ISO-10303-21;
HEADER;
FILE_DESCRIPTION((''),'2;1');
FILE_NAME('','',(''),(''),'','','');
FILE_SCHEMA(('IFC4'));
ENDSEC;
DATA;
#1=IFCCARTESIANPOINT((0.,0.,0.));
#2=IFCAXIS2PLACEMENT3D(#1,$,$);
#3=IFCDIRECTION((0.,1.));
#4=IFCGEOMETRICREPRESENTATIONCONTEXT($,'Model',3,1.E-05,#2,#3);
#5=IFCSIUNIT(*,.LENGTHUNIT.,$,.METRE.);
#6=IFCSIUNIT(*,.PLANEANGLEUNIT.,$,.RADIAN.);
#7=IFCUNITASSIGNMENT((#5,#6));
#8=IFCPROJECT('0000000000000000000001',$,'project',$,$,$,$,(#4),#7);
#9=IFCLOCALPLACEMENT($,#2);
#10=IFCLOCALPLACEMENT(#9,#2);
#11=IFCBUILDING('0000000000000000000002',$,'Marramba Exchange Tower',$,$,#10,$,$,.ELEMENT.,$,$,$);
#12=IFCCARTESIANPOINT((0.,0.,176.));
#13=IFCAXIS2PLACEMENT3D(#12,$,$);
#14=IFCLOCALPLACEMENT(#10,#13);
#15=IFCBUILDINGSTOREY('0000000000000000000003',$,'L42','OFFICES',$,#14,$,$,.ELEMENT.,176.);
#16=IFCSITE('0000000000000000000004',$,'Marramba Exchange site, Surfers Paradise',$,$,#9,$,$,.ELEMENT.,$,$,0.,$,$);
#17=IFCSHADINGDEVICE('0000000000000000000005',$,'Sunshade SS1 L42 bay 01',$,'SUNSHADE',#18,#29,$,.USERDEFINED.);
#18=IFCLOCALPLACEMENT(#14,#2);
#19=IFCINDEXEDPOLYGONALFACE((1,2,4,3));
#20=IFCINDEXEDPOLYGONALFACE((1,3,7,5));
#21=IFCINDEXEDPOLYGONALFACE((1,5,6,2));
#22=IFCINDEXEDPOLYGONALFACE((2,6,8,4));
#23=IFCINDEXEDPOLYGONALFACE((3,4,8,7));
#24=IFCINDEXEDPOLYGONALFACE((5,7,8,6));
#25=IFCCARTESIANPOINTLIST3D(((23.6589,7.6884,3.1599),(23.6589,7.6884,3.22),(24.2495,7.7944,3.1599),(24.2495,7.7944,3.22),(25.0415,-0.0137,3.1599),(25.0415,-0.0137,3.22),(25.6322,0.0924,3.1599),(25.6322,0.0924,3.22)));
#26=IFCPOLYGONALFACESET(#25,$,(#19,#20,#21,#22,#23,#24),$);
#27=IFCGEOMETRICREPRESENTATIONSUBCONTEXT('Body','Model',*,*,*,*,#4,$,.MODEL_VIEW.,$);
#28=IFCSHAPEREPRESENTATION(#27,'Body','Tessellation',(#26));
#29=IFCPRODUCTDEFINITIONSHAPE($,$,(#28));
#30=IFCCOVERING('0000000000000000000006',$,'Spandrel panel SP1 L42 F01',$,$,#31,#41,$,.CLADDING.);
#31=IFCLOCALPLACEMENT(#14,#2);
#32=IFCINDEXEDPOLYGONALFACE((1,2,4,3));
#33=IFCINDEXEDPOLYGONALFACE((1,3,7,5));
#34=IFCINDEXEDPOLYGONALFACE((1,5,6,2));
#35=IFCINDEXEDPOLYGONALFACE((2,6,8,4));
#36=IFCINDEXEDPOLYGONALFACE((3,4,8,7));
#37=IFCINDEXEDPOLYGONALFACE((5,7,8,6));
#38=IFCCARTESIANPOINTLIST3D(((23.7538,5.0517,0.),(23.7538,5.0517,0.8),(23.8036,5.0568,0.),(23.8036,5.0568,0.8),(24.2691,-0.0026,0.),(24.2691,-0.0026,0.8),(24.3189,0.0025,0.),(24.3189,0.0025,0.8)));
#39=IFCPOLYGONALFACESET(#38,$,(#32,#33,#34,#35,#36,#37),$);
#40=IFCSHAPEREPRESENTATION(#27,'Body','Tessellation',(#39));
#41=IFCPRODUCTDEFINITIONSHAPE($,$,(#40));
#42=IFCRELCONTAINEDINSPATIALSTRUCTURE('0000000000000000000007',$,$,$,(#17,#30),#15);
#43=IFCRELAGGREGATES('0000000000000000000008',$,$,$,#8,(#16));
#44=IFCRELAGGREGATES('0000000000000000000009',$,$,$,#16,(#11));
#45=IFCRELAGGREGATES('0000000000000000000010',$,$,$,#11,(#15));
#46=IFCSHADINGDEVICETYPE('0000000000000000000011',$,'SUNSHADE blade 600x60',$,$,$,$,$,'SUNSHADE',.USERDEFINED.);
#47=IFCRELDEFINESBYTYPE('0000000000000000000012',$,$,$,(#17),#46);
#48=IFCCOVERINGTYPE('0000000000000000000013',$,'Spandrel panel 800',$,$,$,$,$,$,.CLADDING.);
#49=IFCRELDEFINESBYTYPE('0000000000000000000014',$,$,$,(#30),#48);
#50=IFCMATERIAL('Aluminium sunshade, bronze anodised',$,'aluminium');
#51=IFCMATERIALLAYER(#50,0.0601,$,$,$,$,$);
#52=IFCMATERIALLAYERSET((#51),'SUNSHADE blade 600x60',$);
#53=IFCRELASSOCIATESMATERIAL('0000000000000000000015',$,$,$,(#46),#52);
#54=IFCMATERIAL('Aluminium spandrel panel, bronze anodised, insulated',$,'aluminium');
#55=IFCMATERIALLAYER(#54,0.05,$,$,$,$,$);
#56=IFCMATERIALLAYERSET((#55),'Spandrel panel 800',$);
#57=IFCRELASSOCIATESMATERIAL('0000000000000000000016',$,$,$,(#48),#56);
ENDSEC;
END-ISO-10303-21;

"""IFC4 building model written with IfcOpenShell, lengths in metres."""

from ifc_helpers import new_model, si_unit, direction, frame, origin, origin_2d, place, context, subcontext, project, spatial, rectangle, extrude, material, layer, layer_set, type_object, element, save


model = new_model("IFC4")

# Units and contexts
model_context = context("Model", 3, precision=1e-05, world=origin(), true_north=direction((0.0, 1.0)))
body_context = subcontext(model_context, "Body", "Model", "MODEL_VIEW")
ifc_project = project(units=[si_unit("LENGTHUNIT", "METRE"), si_unit("PLANEANGLEUNIT", "RADIAN")], contexts=[model_context])

# Site, building, storey
site_placement = place(None, origin())
site = spatial("IfcSite", under=ifc_project, at=site_placement, Name="Marramba Exchange site, Surfers Paradise", CompositionType="ELEMENT", RefElevation=0.0)
building_placement = place(site_placement, origin())
building = spatial("IfcBuilding", under=site, at=building_placement, Name="Marramba Exchange Tower", CompositionType="ELEMENT")
storey_placement = place(building_placement, frame((0.0, 0.0, 176.0)))
storey = spatial("IfcBuildingStorey", under=building, at=storey_placement, Name="L42", Description="OFFICES", CompositionType="ELEMENT", Elevation=176.0)

# Shading device
ifc_material_1 = material(Name="Aluminium sunshade, bronze anodised", Category="aluminium")
ifc_layer_1 = layer(ifc_material_1, 0.0601)
ifc_layer_set_1 = layer_set([ifc_layer_1], Name="SUNSHADE blade 600x60")
shading_device_type_1 = type_object("IfcShadingDeviceType", Name="SUNSHADE blade 600x60", ElementType="SUNSHADE", PredefinedType="USERDEFINED", material=ifc_layer_set_1)
shading_device_1_placement = place(storey_placement, frame((24.6455, 3.8904, 3.1599), z_axis=(0.0, 0.0, 1.0), x_axis=(-0.176691, 0.984266, 0.0)))
element("IfcShadingDevice", 1, at=shading_device_1_placement, inside=storey, type_object=shading_device_type_1, Name="Sunshade SS1 L42 bay 01", ObjectType="SUNSHADE", PredefinedType="USERDEFINED", context=body_context, shape_type="SweptSolid", body=[
    extrude(rectangle(XDim=7.8252, YDim=0.6001, at=origin_2d()), origin(), (0.0, 0.0, 1.0), 0.0601),
])

# Covering
ifc_material_2 = material(Name="Aluminium spandrel panel, bronze anodised, insulated", Category="aluminium")
ifc_layer_2 = layer(ifc_material_2, 0.05)
ifc_layer_set_2 = layer_set([ifc_layer_2], Name="Spandrel panel 800")
covering_type = type_object("IfcCoveringType", Name="Spandrel panel 800", PredefinedType="CLADDING", material=ifc_layer_set_2)
covering_placement = place(storey_placement, frame((24.0364, 2.5271, 0.0), z_axis=(0.0, 0.0, 1.0), x_axis=(-0.101422, 0.994843, 0.0)))
element("IfcCovering", 2, at=covering_placement, inside=storey, type_object=covering_type, Name="Spandrel panel SP1 L42 F01", PredefinedType="CLADDING", context=body_context, shape_type="SweptSolid", body=[
    extrude(rectangle(XDim=5.0806, YDim=0.05, at=origin_2d()), origin(), (0.0, 0.0, 1.0), 0.8),
])

save(model, "model.ifc")
